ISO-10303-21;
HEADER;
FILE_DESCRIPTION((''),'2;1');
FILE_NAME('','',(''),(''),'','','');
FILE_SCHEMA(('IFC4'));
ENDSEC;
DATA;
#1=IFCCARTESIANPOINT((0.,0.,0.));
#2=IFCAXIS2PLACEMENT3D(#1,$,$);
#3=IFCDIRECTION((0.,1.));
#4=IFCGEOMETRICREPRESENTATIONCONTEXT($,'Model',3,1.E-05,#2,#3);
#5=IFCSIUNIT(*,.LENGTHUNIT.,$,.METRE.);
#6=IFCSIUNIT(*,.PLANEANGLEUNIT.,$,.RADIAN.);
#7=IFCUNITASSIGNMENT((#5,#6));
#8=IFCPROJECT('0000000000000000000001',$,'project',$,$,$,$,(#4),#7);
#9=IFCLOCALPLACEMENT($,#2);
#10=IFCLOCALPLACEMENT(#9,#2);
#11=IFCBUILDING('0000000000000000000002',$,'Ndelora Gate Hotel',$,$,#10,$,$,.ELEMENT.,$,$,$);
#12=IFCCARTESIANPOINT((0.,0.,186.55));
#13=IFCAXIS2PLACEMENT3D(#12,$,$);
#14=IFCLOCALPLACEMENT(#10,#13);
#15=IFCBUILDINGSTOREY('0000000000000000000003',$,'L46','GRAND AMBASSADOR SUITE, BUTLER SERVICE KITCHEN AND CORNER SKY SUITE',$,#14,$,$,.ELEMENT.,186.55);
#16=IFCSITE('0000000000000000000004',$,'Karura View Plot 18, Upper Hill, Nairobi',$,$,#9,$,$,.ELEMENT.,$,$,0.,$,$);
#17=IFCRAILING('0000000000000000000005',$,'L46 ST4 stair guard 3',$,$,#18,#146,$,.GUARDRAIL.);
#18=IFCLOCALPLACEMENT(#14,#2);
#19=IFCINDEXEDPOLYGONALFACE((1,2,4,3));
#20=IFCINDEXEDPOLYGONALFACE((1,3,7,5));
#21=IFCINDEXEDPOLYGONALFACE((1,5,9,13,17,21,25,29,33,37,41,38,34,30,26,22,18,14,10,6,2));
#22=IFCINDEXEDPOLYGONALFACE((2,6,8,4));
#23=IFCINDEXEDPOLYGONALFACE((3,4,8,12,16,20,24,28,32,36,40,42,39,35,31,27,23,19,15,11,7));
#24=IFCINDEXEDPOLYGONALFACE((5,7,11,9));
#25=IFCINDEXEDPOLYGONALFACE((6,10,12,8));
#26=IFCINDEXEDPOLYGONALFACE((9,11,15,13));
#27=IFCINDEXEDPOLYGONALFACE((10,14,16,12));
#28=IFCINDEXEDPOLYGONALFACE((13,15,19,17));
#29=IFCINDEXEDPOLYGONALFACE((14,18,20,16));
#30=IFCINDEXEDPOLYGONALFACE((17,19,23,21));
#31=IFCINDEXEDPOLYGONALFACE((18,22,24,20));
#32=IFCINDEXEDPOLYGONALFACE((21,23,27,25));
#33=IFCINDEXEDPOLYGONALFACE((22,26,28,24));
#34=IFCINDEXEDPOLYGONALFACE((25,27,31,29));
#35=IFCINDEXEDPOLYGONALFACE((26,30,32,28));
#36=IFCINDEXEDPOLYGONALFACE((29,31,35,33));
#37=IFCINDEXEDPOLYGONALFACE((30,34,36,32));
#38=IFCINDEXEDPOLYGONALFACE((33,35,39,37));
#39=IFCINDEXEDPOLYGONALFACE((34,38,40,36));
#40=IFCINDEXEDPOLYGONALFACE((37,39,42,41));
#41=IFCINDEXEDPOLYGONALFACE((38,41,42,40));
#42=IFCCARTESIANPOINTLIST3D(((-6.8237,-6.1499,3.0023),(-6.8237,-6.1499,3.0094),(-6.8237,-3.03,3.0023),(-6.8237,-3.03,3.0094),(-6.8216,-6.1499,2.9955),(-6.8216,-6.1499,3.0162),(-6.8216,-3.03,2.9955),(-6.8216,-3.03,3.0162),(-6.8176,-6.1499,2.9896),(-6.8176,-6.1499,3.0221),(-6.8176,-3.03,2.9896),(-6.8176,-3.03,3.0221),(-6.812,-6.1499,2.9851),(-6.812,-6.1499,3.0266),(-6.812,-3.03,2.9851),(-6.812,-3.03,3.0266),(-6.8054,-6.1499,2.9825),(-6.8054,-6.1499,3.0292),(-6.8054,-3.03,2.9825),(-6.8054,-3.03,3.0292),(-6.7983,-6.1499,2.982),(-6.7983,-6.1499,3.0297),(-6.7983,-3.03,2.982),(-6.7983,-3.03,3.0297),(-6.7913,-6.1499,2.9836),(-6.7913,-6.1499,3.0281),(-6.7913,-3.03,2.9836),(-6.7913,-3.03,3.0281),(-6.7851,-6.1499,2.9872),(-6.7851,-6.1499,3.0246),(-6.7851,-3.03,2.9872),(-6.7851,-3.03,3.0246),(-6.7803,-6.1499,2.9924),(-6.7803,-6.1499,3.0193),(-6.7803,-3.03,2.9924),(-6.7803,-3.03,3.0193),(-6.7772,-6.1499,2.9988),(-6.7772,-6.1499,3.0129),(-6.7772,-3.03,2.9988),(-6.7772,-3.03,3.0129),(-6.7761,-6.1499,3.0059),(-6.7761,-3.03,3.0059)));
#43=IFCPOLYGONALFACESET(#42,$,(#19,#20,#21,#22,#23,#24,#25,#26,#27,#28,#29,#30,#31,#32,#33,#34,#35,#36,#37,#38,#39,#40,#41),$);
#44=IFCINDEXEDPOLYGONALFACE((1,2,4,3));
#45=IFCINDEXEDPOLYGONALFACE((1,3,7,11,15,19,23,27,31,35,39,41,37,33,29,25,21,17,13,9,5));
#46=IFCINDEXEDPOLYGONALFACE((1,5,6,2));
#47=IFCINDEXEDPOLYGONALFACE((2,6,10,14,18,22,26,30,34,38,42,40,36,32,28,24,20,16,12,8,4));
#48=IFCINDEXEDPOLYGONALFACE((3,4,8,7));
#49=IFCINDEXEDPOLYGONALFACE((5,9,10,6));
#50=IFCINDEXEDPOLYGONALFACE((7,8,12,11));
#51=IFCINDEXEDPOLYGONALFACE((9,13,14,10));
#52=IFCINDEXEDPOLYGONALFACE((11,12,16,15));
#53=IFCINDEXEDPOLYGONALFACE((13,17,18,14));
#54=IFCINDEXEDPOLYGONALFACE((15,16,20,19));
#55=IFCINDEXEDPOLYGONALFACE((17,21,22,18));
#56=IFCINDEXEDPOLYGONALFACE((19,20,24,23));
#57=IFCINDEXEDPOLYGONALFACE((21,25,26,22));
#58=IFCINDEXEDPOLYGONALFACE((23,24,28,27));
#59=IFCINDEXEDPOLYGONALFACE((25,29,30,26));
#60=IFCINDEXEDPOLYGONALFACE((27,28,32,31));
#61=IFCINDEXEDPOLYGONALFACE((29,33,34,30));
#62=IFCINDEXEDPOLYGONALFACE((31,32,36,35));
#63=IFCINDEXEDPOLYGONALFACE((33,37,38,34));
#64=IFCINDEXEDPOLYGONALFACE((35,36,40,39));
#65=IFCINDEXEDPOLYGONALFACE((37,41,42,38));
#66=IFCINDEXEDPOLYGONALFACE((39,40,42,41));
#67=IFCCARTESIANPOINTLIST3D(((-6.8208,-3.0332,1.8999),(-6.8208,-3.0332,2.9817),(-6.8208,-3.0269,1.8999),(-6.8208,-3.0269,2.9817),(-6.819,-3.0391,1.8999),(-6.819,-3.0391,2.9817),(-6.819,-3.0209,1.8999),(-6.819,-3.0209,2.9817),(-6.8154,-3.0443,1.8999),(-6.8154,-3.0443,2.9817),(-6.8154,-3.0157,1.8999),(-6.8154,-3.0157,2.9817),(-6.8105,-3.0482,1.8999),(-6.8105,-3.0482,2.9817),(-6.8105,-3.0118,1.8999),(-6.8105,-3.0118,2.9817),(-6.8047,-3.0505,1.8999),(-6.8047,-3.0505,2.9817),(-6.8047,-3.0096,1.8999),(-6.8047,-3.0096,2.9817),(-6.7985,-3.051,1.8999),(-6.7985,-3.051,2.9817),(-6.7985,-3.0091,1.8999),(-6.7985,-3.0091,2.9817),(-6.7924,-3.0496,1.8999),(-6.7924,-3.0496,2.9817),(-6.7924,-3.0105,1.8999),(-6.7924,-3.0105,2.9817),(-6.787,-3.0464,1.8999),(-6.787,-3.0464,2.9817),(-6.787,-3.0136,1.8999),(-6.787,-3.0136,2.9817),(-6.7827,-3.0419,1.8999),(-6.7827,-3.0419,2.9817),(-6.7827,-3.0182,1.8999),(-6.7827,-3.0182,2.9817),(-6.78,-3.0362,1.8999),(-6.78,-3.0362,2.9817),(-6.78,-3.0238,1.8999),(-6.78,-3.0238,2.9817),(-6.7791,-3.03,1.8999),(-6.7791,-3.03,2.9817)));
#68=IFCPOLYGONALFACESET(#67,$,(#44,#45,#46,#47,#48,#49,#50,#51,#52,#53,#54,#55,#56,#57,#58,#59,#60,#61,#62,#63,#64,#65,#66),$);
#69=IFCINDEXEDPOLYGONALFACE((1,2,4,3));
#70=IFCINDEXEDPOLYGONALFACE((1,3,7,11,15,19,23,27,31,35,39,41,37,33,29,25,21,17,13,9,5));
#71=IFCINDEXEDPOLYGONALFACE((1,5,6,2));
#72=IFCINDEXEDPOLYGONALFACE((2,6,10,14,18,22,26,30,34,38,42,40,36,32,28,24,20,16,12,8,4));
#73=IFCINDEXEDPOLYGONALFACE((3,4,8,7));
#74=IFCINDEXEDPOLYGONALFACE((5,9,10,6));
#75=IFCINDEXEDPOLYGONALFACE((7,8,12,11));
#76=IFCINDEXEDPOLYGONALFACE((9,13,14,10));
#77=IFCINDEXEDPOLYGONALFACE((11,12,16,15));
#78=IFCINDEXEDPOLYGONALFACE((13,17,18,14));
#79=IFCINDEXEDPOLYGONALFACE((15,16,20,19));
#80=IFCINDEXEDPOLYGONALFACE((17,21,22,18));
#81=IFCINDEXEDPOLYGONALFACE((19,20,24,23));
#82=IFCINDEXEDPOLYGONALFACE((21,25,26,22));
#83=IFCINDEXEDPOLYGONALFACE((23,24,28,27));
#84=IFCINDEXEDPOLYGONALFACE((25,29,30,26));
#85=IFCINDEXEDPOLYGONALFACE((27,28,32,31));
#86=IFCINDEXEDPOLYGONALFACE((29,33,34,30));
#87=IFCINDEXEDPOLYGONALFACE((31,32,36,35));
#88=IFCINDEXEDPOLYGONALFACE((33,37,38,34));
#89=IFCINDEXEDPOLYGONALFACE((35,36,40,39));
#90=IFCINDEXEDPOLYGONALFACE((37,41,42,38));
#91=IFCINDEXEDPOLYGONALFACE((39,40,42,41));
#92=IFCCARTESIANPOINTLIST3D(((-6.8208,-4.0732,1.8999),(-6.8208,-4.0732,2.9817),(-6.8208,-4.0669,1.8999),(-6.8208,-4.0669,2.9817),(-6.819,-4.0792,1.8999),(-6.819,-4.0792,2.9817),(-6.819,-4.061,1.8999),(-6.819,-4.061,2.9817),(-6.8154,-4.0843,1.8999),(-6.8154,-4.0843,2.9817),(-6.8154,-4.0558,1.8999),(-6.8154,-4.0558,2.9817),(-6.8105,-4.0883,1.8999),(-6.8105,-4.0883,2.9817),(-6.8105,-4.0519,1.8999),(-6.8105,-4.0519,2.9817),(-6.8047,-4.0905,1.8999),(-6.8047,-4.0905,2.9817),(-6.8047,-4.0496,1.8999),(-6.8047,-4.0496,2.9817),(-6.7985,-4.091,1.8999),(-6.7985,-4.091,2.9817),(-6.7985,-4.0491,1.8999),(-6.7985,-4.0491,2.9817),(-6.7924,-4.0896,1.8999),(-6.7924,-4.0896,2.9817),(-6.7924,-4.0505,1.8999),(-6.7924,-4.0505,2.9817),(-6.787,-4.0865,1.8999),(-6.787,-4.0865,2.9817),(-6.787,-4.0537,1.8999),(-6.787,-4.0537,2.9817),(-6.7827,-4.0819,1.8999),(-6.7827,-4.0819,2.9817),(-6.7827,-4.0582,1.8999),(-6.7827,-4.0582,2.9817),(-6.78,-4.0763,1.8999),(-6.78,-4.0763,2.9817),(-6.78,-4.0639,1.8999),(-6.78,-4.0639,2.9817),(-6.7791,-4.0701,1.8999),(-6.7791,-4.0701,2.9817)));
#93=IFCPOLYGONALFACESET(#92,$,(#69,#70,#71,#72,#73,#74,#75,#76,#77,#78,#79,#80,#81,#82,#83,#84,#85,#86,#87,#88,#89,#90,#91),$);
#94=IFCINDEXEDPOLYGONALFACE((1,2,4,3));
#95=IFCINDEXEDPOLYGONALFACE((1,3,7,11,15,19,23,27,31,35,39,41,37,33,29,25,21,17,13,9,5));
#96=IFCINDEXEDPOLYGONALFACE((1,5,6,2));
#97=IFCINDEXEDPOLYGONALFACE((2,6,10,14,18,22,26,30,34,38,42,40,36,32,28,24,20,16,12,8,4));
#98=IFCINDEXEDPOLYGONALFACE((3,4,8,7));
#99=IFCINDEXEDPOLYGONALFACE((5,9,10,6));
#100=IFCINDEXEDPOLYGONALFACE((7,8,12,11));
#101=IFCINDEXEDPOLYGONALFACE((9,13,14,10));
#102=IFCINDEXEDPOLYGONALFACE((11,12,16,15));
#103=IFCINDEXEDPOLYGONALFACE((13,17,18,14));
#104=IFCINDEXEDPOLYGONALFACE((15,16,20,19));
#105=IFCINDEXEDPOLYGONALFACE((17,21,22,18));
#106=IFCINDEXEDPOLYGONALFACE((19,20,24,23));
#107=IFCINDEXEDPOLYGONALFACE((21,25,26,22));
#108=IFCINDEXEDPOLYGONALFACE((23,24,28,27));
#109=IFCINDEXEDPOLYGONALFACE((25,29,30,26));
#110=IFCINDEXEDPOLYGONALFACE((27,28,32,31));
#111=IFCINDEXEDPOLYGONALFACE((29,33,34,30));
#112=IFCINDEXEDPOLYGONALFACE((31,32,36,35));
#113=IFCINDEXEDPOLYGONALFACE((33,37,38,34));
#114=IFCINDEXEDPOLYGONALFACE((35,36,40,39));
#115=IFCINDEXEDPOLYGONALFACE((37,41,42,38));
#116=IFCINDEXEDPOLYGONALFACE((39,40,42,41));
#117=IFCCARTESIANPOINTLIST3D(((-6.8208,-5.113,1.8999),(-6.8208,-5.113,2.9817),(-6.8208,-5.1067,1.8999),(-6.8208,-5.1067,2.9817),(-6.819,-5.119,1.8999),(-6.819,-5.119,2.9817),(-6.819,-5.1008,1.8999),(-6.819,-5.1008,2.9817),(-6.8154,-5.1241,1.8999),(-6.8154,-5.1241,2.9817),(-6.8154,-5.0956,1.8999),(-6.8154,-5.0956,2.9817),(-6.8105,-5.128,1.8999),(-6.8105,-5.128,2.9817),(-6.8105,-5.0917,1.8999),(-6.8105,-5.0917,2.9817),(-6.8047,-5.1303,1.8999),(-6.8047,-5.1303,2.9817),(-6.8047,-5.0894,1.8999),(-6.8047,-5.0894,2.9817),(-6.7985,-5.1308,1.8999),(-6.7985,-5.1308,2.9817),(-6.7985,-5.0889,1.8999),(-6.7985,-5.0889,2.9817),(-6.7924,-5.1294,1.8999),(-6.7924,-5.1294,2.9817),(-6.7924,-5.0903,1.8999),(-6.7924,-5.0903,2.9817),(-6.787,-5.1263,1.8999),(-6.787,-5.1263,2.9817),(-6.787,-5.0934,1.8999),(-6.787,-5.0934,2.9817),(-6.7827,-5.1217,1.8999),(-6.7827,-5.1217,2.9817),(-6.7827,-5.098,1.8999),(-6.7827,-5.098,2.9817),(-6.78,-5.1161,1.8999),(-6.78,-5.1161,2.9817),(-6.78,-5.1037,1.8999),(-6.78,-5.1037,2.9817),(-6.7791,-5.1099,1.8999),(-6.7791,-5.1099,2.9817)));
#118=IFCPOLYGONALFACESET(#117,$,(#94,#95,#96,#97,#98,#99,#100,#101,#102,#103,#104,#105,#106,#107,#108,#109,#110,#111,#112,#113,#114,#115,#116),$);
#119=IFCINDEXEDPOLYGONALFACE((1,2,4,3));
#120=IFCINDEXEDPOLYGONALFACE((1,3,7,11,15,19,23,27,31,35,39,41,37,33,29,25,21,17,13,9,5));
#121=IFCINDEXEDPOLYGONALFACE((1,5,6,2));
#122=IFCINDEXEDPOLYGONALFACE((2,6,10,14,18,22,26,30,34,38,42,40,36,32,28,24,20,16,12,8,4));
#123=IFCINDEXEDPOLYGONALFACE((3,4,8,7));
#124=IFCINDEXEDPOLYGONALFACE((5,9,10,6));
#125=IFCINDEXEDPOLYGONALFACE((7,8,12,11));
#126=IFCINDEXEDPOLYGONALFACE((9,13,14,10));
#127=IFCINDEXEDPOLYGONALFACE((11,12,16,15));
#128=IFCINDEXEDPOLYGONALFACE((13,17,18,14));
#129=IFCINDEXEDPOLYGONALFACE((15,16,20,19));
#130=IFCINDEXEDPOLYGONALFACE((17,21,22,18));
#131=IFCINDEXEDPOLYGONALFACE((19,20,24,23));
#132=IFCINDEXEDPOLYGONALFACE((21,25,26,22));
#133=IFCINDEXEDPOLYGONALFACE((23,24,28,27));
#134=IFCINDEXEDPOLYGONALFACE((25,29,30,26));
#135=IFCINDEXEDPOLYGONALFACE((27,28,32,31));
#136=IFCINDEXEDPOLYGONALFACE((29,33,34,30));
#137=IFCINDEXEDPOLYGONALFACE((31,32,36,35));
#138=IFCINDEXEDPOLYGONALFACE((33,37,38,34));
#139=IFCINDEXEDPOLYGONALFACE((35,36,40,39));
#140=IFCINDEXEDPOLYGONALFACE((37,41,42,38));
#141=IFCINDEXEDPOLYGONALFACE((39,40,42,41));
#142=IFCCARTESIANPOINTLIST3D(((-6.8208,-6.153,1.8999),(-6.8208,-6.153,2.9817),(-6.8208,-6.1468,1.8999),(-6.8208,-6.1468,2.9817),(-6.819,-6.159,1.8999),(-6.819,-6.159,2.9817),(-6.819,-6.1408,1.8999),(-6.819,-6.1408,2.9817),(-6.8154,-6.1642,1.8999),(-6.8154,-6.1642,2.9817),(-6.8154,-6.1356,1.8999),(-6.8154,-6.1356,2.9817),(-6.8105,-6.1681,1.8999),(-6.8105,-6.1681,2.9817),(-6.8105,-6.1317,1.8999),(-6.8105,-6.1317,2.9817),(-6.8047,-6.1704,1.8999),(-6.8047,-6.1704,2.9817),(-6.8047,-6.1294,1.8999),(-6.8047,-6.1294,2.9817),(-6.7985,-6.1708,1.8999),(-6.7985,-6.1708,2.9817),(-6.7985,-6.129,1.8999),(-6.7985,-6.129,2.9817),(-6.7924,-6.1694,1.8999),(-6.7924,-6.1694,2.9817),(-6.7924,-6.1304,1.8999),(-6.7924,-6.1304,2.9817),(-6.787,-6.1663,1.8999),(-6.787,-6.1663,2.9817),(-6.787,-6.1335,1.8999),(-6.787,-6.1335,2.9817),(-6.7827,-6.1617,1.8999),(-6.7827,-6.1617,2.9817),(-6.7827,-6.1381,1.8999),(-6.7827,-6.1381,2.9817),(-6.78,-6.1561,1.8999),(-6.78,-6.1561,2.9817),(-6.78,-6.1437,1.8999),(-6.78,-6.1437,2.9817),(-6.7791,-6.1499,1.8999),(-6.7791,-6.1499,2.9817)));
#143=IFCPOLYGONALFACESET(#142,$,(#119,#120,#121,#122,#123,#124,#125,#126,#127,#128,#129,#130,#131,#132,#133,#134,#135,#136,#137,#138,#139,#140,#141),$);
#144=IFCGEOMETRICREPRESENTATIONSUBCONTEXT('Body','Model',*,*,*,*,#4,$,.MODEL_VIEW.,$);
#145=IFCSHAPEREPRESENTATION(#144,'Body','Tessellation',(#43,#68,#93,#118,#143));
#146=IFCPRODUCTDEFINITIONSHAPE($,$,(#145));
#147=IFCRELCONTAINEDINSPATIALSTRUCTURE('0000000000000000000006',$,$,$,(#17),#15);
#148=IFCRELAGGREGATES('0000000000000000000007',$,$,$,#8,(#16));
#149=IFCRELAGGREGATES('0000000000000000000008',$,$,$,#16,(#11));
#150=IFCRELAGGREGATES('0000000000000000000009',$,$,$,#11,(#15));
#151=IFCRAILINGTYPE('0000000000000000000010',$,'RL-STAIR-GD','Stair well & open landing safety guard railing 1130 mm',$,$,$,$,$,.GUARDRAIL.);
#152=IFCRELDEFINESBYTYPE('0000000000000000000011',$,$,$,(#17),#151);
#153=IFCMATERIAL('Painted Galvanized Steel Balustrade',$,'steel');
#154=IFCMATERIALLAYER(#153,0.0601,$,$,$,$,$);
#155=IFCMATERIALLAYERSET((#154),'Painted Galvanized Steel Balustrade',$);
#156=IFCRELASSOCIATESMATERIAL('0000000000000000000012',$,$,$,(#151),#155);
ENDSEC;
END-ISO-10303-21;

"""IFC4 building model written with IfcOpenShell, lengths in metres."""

from ifc_helpers import new_model, si_unit, direction, frame, origin, origin_2d, place, context, subcontext, project, spatial, circle, extrude, material, layer, layer_set, type_object, element, save


model = new_model("IFC4")

# Units and contexts
model_context = context("Model", 3, precision=1e-05, world=origin(), true_north=direction((0.0, 1.0)))
body_context = subcontext(model_context, "Body", "Model", "MODEL_VIEW")
ifc_project = project(units=[si_unit("LENGTHUNIT", "METRE"), si_unit("PLANEANGLEUNIT", "RADIAN")], contexts=[model_context])

# Site, building, storey
site_placement = place(None, origin())
site = spatial("IfcSite", under=ifc_project, at=site_placement, Name="Karura View Plot 18, Upper Hill, Nairobi", CompositionType="ELEMENT", RefElevation=0.0)
building_placement = place(site_placement, origin())
building = spatial("IfcBuilding", under=site, at=building_placement, Name="Ndelora Gate Hotel", CompositionType="ELEMENT")
storey_placement = place(building_placement, frame((0.0, 0.0, 186.55)))
storey = spatial("IfcBuildingStorey", under=building, at=storey_placement, Name="L46", Description="GRAND AMBASSADOR SUITE, BUTLER SERVICE KITCHEN AND CORNER SKY SUITE", CompositionType="ELEMENT", Elevation=186.55)

# Railing
ifc_material_1 = material(Name="Painted Galvanized Steel Balustrade", Category="steel")
ifc_layer_1 = layer(ifc_material_1, 0.0601)
ifc_layer_set_1 = layer_set([ifc_layer_1], Name="Painted Galvanized Steel Balustrade")
railing_type_1 = type_object("IfcRailingType", Name="RL-STAIR-GD", Description="Stair well & open landing safety guard railing 1130 mm", PredefinedType="GUARDRAIL", material=ifc_layer_set_1)
for number, where, name in (
    (1, (-6.8, -3.03, 1.8999), "L46 ST4 stair guard 3"),
):
    element("IfcRailing", number, at=place(storey_placement, frame(where)), inside=storey, type_object=railing_type_1, Name=name, PredefinedType="GUARDRAIL", context=body_context, shape_type="SweptSolid", body=[
        extrude(circle(Radius=0.0239, at=origin_2d()), frame((0.0, 0.0, 1.106), z_axis=(0.0, -1.0, 0.0), x_axis=(1.0, 0.0, 0.0)), (0.0, 0.0, 1.0), 3.1199),
        extrude(circle(Radius=0.021, at=origin_2d()), origin(), (0.0, 0.0, 1.0), 1.0818),
        extrude(circle(Radius=0.021, at=origin_2d()), frame((0.0, -1.04, 0.0)), (0.0, 0.0, 1.0), 1.0818),
        extrude(circle(Radius=0.021, at=origin_2d()), frame((0.0, -2.0798, 0.0)), (0.0, 0.0, 1.0), 1.0818),
        extrude(circle(Radius=0.021, at=origin_2d()), frame((0.0, -3.1199, 0.0)), (0.0, 0.0, 1.0), 1.0818),
    ])

save(model, "model.ifc")
